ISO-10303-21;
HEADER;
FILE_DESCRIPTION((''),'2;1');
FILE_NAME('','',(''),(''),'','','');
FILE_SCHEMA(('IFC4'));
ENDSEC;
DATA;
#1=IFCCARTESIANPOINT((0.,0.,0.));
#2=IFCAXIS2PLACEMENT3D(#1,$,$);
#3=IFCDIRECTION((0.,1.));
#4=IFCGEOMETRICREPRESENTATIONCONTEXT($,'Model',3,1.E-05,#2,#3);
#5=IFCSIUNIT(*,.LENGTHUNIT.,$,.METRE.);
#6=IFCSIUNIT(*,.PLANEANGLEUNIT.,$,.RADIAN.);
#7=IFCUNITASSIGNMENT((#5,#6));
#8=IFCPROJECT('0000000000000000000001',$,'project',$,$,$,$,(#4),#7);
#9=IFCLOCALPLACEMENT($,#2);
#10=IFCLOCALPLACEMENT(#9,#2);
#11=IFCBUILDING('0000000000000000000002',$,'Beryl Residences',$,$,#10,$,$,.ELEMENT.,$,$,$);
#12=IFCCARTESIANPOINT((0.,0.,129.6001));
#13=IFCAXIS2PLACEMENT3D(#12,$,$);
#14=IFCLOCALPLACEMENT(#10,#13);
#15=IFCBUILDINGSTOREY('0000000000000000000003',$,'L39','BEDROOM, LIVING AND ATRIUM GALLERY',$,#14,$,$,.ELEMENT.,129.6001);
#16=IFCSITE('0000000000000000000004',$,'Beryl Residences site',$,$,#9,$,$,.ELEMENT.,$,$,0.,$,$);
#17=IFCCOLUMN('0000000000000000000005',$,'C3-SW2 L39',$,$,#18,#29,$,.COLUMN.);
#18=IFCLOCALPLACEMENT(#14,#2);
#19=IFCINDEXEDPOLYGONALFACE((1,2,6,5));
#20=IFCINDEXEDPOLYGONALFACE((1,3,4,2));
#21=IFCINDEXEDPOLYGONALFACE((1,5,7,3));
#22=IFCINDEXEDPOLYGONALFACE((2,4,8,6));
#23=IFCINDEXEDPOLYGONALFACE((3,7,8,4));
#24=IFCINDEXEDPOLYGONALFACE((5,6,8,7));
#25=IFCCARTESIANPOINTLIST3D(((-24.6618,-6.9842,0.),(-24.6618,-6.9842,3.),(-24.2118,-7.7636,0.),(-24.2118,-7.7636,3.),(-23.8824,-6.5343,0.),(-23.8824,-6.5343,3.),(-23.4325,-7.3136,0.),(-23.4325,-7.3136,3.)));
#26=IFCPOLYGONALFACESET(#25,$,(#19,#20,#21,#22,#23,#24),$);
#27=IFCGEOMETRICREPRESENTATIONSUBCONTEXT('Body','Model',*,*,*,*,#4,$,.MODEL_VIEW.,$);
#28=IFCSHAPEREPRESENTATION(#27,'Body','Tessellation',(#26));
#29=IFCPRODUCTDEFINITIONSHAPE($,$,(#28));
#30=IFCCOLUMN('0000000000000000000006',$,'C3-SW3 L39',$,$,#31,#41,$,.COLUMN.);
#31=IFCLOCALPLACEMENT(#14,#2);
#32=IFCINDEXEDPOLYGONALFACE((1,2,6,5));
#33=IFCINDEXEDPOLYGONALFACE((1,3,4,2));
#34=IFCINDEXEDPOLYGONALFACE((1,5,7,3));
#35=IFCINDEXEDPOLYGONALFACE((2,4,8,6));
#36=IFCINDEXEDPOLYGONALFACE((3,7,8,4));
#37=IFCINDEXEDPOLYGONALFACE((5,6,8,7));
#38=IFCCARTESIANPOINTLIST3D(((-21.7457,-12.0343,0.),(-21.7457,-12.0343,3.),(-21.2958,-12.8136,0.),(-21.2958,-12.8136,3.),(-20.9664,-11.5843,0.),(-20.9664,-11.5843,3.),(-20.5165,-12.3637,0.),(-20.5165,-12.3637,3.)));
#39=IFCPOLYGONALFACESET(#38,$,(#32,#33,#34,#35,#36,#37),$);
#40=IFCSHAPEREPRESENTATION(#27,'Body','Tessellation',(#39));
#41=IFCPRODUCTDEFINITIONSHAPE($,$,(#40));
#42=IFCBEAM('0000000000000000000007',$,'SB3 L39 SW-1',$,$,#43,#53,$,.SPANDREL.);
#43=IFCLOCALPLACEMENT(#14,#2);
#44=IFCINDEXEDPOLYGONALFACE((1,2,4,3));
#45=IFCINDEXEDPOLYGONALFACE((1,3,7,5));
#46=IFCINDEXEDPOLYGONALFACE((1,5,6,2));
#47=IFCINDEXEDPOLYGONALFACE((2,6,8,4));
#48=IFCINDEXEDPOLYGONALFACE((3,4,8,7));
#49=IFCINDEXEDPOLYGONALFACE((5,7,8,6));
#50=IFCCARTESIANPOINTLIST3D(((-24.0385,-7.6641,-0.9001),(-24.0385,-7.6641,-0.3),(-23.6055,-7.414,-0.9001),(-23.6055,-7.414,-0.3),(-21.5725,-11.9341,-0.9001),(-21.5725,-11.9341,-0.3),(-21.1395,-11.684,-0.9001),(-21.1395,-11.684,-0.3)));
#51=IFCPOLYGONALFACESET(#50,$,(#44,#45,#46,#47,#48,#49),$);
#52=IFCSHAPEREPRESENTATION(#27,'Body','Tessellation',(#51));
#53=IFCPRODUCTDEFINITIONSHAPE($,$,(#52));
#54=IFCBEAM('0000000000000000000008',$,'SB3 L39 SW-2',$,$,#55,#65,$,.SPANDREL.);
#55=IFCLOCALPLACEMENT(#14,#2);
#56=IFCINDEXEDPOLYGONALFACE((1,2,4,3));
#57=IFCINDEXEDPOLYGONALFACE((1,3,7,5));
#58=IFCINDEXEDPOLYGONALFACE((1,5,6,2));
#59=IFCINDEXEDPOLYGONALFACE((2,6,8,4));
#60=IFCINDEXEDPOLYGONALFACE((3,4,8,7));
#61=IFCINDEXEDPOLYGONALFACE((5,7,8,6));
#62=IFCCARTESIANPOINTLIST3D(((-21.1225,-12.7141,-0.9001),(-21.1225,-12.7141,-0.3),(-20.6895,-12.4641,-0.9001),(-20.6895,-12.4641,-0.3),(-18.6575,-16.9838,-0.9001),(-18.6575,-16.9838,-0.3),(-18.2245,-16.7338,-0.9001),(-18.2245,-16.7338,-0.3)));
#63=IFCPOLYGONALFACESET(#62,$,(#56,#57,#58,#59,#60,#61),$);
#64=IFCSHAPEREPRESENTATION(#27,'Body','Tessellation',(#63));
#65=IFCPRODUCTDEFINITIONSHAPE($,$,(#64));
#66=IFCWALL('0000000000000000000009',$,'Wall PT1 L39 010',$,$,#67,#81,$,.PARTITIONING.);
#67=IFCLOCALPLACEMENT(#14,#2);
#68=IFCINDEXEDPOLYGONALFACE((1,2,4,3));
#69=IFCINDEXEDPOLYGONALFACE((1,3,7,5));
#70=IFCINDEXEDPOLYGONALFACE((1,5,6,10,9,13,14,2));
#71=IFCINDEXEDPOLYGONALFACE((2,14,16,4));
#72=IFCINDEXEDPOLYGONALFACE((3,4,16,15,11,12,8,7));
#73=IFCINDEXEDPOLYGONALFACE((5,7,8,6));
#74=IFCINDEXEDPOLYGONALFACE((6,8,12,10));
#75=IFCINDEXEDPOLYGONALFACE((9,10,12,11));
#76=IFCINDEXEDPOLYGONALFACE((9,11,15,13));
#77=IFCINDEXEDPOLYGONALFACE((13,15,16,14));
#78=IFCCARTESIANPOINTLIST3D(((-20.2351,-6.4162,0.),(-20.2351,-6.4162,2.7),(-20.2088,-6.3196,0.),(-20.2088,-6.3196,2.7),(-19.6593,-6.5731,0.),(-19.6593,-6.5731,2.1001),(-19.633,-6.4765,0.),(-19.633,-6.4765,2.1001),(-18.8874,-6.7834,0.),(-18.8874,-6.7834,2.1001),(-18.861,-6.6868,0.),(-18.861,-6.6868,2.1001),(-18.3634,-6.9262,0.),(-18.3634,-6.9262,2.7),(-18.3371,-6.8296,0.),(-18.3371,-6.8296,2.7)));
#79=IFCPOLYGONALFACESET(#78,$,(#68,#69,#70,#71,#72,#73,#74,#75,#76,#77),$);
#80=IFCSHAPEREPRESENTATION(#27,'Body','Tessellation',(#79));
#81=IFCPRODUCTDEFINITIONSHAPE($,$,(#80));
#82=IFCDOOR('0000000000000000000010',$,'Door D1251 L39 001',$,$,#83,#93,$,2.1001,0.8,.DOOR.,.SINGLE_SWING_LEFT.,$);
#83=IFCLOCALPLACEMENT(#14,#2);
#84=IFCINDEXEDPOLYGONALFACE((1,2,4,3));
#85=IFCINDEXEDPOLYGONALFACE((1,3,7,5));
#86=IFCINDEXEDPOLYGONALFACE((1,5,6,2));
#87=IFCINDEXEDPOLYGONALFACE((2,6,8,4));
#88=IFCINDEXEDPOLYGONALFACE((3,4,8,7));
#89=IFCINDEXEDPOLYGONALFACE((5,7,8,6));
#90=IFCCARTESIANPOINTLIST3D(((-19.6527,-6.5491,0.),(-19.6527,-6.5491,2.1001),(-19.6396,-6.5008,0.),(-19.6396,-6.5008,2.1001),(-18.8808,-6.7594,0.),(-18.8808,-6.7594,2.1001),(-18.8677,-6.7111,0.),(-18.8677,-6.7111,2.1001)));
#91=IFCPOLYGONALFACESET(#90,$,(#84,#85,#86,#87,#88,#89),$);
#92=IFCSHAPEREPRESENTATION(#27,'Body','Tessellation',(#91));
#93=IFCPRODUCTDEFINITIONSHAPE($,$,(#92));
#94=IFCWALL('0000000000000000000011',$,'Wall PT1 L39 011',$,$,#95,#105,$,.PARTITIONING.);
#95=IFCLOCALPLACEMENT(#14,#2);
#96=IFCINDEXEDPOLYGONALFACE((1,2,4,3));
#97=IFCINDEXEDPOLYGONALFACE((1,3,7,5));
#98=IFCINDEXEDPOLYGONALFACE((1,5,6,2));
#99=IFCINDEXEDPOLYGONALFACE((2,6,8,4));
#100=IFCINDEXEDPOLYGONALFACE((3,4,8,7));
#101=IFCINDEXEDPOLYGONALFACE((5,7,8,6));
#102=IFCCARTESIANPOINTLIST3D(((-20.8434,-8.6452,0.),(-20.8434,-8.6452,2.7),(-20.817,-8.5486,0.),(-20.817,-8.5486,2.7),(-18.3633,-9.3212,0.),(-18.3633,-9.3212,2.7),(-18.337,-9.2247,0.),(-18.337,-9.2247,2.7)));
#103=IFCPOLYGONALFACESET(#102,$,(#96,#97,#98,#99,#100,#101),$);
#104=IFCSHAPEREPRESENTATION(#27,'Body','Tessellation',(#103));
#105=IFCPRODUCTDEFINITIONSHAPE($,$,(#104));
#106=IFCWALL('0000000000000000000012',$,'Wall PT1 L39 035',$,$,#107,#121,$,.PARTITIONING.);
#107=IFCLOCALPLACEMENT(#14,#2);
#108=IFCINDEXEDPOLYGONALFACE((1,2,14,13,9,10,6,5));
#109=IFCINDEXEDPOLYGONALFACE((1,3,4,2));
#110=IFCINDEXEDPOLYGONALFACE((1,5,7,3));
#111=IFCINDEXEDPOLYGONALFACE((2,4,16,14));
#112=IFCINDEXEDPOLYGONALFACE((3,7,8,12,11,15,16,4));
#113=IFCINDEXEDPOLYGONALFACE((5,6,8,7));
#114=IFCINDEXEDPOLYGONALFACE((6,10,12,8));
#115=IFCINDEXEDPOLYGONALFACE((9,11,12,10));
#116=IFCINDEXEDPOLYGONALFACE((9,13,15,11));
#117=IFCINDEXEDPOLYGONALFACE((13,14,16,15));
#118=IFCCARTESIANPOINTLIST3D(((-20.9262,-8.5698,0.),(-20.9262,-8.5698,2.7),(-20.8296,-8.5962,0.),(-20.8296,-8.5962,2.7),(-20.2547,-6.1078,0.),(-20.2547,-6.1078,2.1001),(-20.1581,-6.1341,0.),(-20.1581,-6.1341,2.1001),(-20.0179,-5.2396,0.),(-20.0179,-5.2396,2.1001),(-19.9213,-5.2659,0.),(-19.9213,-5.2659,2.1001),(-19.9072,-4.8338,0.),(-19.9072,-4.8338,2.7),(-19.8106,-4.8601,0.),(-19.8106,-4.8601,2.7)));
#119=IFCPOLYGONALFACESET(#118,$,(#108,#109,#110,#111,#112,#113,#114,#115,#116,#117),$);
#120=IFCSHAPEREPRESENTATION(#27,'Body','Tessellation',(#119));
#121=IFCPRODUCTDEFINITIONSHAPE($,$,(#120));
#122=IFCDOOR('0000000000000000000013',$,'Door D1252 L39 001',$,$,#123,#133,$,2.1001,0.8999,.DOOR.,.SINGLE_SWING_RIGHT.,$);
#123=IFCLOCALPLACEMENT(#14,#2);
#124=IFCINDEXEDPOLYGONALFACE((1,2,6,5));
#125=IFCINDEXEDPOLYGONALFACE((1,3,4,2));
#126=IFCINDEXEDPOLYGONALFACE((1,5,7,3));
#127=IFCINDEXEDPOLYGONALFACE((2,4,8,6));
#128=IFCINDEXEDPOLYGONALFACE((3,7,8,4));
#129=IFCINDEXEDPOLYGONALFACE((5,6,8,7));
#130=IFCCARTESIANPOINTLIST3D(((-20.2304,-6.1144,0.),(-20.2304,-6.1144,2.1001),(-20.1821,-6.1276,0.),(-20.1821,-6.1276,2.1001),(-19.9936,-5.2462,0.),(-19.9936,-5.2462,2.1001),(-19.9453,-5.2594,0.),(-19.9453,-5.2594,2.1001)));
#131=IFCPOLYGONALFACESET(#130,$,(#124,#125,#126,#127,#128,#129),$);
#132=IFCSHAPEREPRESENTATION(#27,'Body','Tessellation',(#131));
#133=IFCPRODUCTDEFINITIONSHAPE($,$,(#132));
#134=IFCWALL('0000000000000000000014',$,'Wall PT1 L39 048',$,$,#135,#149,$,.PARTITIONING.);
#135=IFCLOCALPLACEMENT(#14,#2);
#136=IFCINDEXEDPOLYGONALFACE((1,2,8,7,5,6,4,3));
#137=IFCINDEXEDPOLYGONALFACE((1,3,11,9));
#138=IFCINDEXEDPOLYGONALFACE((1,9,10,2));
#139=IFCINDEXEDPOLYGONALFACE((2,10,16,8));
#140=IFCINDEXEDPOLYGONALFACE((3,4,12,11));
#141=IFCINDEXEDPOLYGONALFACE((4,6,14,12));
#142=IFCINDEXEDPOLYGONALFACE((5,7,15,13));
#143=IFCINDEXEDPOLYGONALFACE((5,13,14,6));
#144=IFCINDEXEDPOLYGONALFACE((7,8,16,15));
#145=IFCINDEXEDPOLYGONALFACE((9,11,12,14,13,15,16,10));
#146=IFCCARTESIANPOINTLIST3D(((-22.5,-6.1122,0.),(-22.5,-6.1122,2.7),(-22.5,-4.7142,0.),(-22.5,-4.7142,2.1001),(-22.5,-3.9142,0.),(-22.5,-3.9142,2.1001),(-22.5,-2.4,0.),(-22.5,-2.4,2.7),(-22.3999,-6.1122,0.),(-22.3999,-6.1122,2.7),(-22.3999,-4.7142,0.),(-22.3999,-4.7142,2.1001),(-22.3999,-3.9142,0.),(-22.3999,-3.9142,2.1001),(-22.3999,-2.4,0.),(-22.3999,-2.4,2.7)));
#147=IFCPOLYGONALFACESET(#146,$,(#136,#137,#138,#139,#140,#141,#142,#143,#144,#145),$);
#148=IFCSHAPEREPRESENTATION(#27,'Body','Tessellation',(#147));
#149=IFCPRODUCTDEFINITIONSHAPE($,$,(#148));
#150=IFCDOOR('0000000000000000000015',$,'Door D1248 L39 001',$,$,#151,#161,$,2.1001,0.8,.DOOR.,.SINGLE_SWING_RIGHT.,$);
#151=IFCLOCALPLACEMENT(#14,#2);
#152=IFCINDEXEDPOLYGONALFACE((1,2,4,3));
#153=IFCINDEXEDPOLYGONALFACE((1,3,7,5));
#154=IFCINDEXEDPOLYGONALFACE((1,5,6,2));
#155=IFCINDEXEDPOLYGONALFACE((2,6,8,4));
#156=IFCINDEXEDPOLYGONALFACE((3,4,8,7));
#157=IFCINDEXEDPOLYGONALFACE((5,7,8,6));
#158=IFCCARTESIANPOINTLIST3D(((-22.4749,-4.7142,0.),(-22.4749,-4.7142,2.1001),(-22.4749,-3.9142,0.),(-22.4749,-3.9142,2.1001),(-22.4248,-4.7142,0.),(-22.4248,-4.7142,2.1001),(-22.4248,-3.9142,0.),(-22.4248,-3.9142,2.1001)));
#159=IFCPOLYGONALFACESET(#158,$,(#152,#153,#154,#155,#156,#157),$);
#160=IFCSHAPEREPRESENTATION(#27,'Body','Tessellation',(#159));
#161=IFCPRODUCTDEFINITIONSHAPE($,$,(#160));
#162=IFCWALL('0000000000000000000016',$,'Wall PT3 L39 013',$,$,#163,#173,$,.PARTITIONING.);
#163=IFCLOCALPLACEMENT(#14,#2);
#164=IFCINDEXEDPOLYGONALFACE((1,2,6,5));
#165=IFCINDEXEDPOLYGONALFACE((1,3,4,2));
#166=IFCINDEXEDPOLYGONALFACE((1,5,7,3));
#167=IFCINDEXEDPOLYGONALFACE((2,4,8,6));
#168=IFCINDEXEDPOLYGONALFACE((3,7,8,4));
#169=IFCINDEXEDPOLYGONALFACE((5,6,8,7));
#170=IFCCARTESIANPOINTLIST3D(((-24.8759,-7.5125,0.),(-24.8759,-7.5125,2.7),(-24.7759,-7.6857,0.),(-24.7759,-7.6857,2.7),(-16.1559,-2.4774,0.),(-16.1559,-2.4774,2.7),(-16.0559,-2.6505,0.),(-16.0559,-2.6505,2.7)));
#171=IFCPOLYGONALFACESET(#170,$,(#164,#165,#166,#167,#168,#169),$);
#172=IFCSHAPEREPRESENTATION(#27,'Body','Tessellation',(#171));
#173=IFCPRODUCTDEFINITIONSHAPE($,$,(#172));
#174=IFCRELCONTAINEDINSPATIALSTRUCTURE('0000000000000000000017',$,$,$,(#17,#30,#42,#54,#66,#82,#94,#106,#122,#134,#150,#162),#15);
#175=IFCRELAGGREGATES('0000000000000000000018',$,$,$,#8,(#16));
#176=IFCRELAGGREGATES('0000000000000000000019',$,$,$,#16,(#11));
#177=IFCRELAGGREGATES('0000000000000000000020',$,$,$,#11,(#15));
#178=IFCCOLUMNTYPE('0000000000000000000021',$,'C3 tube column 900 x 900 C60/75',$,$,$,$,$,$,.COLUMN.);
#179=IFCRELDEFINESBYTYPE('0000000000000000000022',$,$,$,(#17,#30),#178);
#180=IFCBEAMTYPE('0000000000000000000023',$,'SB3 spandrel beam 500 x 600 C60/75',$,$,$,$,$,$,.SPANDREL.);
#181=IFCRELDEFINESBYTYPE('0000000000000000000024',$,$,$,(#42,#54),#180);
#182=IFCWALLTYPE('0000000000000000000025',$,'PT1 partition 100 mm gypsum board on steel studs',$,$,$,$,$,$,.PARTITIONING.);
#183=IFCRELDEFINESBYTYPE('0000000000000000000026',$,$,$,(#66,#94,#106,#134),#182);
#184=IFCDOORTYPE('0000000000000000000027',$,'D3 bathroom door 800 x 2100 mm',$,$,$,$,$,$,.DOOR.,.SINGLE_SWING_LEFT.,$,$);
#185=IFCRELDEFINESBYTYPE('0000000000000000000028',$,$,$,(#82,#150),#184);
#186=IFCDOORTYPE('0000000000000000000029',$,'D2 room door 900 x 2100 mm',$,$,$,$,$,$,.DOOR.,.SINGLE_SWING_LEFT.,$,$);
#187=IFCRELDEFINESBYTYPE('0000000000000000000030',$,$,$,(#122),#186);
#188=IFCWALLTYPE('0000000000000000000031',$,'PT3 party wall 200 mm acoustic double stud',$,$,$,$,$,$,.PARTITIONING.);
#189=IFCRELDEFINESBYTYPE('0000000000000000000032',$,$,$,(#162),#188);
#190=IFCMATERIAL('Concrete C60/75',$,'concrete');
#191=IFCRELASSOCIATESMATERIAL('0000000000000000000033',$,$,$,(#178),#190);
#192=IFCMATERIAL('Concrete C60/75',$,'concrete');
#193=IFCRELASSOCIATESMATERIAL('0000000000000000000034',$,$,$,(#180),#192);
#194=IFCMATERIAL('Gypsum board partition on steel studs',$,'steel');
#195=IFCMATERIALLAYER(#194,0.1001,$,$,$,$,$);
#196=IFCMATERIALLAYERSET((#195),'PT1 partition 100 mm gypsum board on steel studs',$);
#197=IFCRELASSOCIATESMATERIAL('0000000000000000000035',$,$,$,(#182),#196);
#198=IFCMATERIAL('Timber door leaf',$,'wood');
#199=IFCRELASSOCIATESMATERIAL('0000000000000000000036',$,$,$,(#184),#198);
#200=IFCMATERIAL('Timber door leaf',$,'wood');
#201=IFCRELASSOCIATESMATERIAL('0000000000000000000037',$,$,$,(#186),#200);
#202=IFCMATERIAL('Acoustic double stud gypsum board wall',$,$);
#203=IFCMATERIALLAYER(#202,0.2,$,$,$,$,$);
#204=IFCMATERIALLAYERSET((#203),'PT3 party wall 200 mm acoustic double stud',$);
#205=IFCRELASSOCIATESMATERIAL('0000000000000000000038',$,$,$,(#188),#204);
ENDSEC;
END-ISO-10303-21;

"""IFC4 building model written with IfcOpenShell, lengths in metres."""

from ifc_helpers import new_model, si_unit, direction, frame, frame_2d, origin, origin_2d, place, context, subcontext, project, spatial, rectangle, extrude, material, layer, layer_set, material_profile, profile_set, type_object, element, fill, save


model = new_model("IFC4")

# Units and contexts
model_context = context("Model", 3, precision=1e-05, world=origin(), true_north=direction((0.0, 1.0)))
body_context = subcontext(model_context, "Body", "Model", "MODEL_VIEW")
ifc_project = project(units=[si_unit("LENGTHUNIT", "METRE"), si_unit("PLANEANGLEUNIT", "RADIAN")], contexts=[model_context])

# Site, building, storey
site_placement = place(None, origin())
site = spatial("IfcSite", under=ifc_project, at=site_placement, Name="Beryl Residences site", CompositionType="ELEMENT", RefElevation=0.0)
building_placement = place(site_placement, origin())
building = spatial("IfcBuilding", under=site, at=building_placement, Name="Beryl Residences", CompositionType="ELEMENT")
storey_placement = place(building_placement, frame((0.0, 0.0, 129.6001)))
storey = spatial("IfcBuildingStorey", under=building, at=storey_placement, Name="L39", Description="BEDROOM, LIVING AND ATRIUM GALLERY", CompositionType="ELEMENT", Elevation=129.6001)

# Columns
ifc_material_1 = material(Name="Concrete C60/75", Category="concrete")
ifc_material_profile_1 = material_profile(ifc_material_1, rectangle(XDim=0.8999, YDim=0.8999, at=origin_2d()))
ifc_profile_set_1 = profile_set([ifc_material_profile_1], Name="Concrete C60/75")
column_type = type_object("IfcColumnType", Name="C3 tube column 900 x 900 C60/75", PredefinedType="COLUMN", material=ifc_profile_set_1)
for number, where, z_axis, x_axis, name in (
    (1, (-24.0471, -7.1489, 0.0), (0.0, 0.0, 1.0), (0.5, -0.866025, 0.0), "C3-SW2 L39"),
    (2, (-21.1311, -12.199, 0.0), (0.0, 0.0, 1.0), (0.5, -0.866025, 0.0), "C3-SW3 L39"),
):
    element("IfcColumn", number, at=place(storey_placement, frame(where, z_axis=z_axis, x_axis=x_axis)), inside=storey, type_object=column_type, Name=name, PredefinedType="COLUMN", context=body_context, shape_type="SweptSolid", body=[
        extrude(rectangle(XDim=0.8999, YDim=0.8999, at=origin_2d()), origin(), (0.0, 0.0, 1.0), 3.0),
    ])

# Beams
ifc_material_2 = material(Name="Concrete C60/75", Category="concrete")
ifc_material_profile_2 = material_profile(ifc_material_2, rectangle(XDim=0.5, YDim=0.6001, at=origin_2d()))
ifc_profile_set_2 = profile_set([ifc_material_profile_2], Name="Concrete C60/75")
beam_type = type_object("IfcBeamType", Name="SB3 spandrel beam 500 x 600 C60/75", PredefinedType="SPANDREL", material=ifc_profile_set_2)
beam_1_placement = place(storey_placement, frame((-23.822, -7.5391, -0.6001), z_axis=(0.500117, -0.865958, 0.0), x_axis=(0.865958, 0.500117, 0.0)))
element("IfcBeam", 3, at=beam_1_placement, inside=storey, type_object=beam_type, Name="SB3 L39 SW-1", PredefinedType="SPANDREL", context=body_context, shape_type="SweptSolid", body=[
    extrude(rectangle(XDim=0.5, YDim=0.6001, at=origin_2d()), origin(), (0.0, 0.0, 1.0), 4.9309),
])
beam_2_placement = place(storey_placement, frame((-20.906, -12.5891, -0.6001), z_axis=(0.49999, -0.866031, 0.0), x_axis=(0.866031, 0.49999, 0.0)))
element("IfcBeam", 4, at=beam_2_placement, inside=storey, type_object=beam_type, Name="SB3 L39 SW-2", PredefinedType="SPANDREL", context=body_context, shape_type="SweptSolid", body=[
    extrude(rectangle(XDim=0.5, YDim=0.6001, at=origin_2d()), origin(), (0.0, 0.0, 1.0), 4.9302),
])

# Wall, opening, door
ifc_material_3 = material(Name="Gypsum board partition on steel studs", Category="steel")
ifc_layer_1 = layer(ifc_material_3, 0.1001)
ifc_layer_set_1 = layer_set([ifc_layer_1], Name="PT1 partition 100 mm gypsum board on steel studs")
wall_type_1 = type_object("IfcWallType", Name="PT1 partition 100 mm gypsum board on steel studs", PredefinedType="PARTITIONING", material=ifc_layer_set_1)
wall_1_placement = place(storey_placement, frame((-20.2219, -6.3679, 0.0), z_axis=(0.0, 0.0, 1.0), x_axis=(0.964828, -0.262883, 0.0)))
wall_1 = element("IfcWall", 5, at=wall_1_placement, inside=storey, type_object=wall_type_1, Name="Wall PT1 L39 010", PredefinedType="PARTITIONING", context=body_context, shape_type="SweptSolid", body=[
    extrude(rectangle(XDim=1.9399, YDim=0.1001, at=frame_2d((0.97, 0.0))), origin(), (0.0, 0.0, 1.0), 2.7),
])
opening_1_placement = place(wall_1_placement, frame((0.5969, 0.0, 0.0)))
opening_1 = element("IfcOpeningElement", 6, at=opening_1_placement, cuts=wall_1, PredefinedType="OPENING", context=body_context, shape_type="SweptSolid", body=[
    extrude(rectangle(XDim=0.8, YDim=2.1001, at=frame_2d((0.3999, 1.05))), frame((0.0, 0.0601, 0.0), z_axis=(0.0, -1.0, 0.0), x_axis=(1.0, 0.0, 0.0)), (0.0, 0.0, 1.0), 0.1201),
])
ifc_material_4 = material(Name="Timber door leaf", Category="wood")
door_type_1 = type_object("IfcDoorType", Name="D3 bathroom door 800 x 2100 mm", OperationType="SINGLE_SWING_LEFT", PredefinedType="DOOR", material=ifc_material_4)
door_1_placement = place(opening_1_placement, origin())
door_1 = element("IfcDoor", 7, at=door_1_placement, inside=storey, type_object=door_type_1, Name="Door D1251 L39 001", OperationType="SINGLE_SWING_LEFT", OverallHeight=2.1001, OverallWidth=0.8, PredefinedType="DOOR", context=body_context, shape_type="SweptSolid", body=[
    extrude(rectangle(XDim=0.8, YDim=2.1001, at=frame_2d((0.3999, 1.05))), frame((0.0, 0.0249, 0.0), z_axis=(0.0, -1.0, 0.0), x_axis=(1.0, 0.0, 0.0)), (0.0, 0.0, 1.0), 0.05),
])
fill(opening_1, door_1)

# Wall
wall_2_placement = place(storey_placement, frame((-20.8301, -8.5969, 0.0), z_axis=(0.0, 0.0, 1.0), x_axis=(0.964797, -0.262997, 0.0)))
element("IfcWall", 8, at=wall_2_placement, inside=storey, type_object=wall_type_1, Name="Wall PT1 L39 011", PredefinedType="PARTITIONING", context=body_context, shape_type="SweptSolid", body=[
    extrude(rectangle(XDim=2.5706, YDim=0.1001, at=frame_2d((1.2852, 0.0))), origin(), (0.0, 0.0, 1.0), 2.7),
])

# Walls, openings, doors
wall_3_placement = place(storey_placement, frame((-20.8779, -8.583, 0.0), z_axis=(0.0, 0.0, 1.0), x_axis=(0.263144, 0.964757, 0.0)))
wall_3 = element("IfcWall", 9, at=wall_3_placement, inside=storey, type_object=wall_type_1, Name="Wall PT1 L39 035", PredefinedType="PARTITIONING", context=body_context, shape_type="SweptSolid", body=[
    extrude(rectangle(XDim=3.8726, YDim=0.1001, at=frame_2d((1.9363, 0.0))), origin(), (0.0, 0.0, 1.0), 2.7),
])
opening_2_placement = place(wall_3_placement, frame((2.552, 0.0, 0.0)))
opening_2 = element("IfcOpeningElement", 10, at=opening_2_placement, cuts=wall_3, PredefinedType="OPENING", context=body_context, shape_type="SweptSolid", body=[
    extrude(rectangle(XDim=0.8999, YDim=2.1001, at=frame_2d((0.45, 1.05))), frame((0.0, 0.0601, 0.0), z_axis=(0.0, -1.0, 0.0), x_axis=(1.0, 0.0, 0.0)), (0.0, 0.0, 1.0), 0.1201),
])
ifc_material_5 = material(Name="Timber door leaf", Category="wood")
door_type_2 = type_object("IfcDoorType", Name="D2 room door 900 x 2100 mm", OperationType="SINGLE_SWING_LEFT", PredefinedType="DOOR", material=ifc_material_5)
door_2_placement = place(opening_2_placement, origin())
door_2 = element("IfcDoor", 11, at=door_2_placement, inside=storey, type_object=door_type_2, Name="Door D1252 L39 001", OperationType="SINGLE_SWING_RIGHT", OverallHeight=2.1001, OverallWidth=0.8999, PredefinedType="DOOR", context=body_context, shape_type="SweptSolid", body=[
    extrude(rectangle(XDim=0.8999, YDim=2.1001, at=frame_2d((0.45, 1.05))), frame((0.0, 0.0249, 0.0), z_axis=(0.0, -1.0, 0.0), x_axis=(1.0, 0.0, 0.0)), (0.0, 0.0, 1.0), 0.05),
])
fill(opening_2, door_2)
wall_4_placement = place(storey_placement, frame((-22.45, -6.1121, 0.0), z_axis=(0.0, 0.0, 1.0), x_axis=(0.0, 1.0, 0.0)))
wall_4 = element("IfcWall", 12, at=wall_4_placement, inside=storey, type_object=wall_type_1, Name="Wall PT1 L39 048", PredefinedType="PARTITIONING", context=body_context, shape_type="SweptSolid", body=[
    extrude(rectangle(XDim=3.7122, YDim=0.1001, at=frame_2d((1.856, 0.0))), origin(), (0.0, 0.0, 1.0), 2.7),
])
opening_3_placement = place(wall_4_placement, frame((1.3979, 0.0, 0.0)))
opening_3 = element("IfcOpeningElement", 13, at=opening_3_placement, cuts=wall_4, PredefinedType="OPENING", context=body_context, shape_type="SweptSolid", body=[
    extrude(rectangle(XDim=0.8, YDim=2.1001, at=frame_2d((0.3999, 1.05))), frame((0.0, 0.0601, 0.0), z_axis=(0.0, -1.0, 0.0), x_axis=(1.0, 0.0, 0.0)), (0.0, 0.0, 1.0), 0.1201),
])
door_3_placement = place(opening_3_placement, origin())
door_3 = element("IfcDoor", 14, at=door_3_placement, inside=storey, type_object=door_type_1, Name="Door D1248 L39 001", OperationType="SINGLE_SWING_RIGHT", OverallHeight=2.1001, OverallWidth=0.8, PredefinedType="DOOR", context=body_context, shape_type="SweptSolid", body=[
    extrude(rectangle(XDim=0.8, YDim=2.1001, at=frame_2d((0.3999, 1.05))), frame((0.0, 0.0249, 0.0), z_axis=(0.0, -1.0, 0.0), x_axis=(1.0, 0.0, 0.0)), (0.0, 0.0, 1.0), 0.05),
])
fill(opening_3, door_3)

# Wall
ifc_material_6 = material(Name="Acoustic double stud gypsum board wall")
ifc_layer_2 = layer(ifc_material_6, 0.2)
ifc_layer_set_2 = layer_set([ifc_layer_2], Name="PT3 party wall 200 mm acoustic double stud")
wall_type_2 = type_object("IfcWallType", Name="PT3 party wall 200 mm acoustic double stud", PredefinedType="PARTITIONING", material=ifc_layer_set_2)
wall_5_placement = place(storey_placement, frame((-24.8259, -7.5991, 0.0), z_axis=(0.0, 0.0, 1.0), x_axis=(0.865996, 0.500051, 0.0)))
element("IfcWall", 15, at=wall_5_placement, inside=storey, type_object=wall_type_2, Name="Wall PT3 L39 013", PredefinedType="PARTITIONING", context=body_context, shape_type="SweptSolid", body=[
    extrude(rectangle(XDim=10.0693, YDim=0.2, at=frame_2d((5.0347, 0.0))), origin(), (0.0, 0.0, 1.0), 2.7),
])

save(model, "model.ifc")
